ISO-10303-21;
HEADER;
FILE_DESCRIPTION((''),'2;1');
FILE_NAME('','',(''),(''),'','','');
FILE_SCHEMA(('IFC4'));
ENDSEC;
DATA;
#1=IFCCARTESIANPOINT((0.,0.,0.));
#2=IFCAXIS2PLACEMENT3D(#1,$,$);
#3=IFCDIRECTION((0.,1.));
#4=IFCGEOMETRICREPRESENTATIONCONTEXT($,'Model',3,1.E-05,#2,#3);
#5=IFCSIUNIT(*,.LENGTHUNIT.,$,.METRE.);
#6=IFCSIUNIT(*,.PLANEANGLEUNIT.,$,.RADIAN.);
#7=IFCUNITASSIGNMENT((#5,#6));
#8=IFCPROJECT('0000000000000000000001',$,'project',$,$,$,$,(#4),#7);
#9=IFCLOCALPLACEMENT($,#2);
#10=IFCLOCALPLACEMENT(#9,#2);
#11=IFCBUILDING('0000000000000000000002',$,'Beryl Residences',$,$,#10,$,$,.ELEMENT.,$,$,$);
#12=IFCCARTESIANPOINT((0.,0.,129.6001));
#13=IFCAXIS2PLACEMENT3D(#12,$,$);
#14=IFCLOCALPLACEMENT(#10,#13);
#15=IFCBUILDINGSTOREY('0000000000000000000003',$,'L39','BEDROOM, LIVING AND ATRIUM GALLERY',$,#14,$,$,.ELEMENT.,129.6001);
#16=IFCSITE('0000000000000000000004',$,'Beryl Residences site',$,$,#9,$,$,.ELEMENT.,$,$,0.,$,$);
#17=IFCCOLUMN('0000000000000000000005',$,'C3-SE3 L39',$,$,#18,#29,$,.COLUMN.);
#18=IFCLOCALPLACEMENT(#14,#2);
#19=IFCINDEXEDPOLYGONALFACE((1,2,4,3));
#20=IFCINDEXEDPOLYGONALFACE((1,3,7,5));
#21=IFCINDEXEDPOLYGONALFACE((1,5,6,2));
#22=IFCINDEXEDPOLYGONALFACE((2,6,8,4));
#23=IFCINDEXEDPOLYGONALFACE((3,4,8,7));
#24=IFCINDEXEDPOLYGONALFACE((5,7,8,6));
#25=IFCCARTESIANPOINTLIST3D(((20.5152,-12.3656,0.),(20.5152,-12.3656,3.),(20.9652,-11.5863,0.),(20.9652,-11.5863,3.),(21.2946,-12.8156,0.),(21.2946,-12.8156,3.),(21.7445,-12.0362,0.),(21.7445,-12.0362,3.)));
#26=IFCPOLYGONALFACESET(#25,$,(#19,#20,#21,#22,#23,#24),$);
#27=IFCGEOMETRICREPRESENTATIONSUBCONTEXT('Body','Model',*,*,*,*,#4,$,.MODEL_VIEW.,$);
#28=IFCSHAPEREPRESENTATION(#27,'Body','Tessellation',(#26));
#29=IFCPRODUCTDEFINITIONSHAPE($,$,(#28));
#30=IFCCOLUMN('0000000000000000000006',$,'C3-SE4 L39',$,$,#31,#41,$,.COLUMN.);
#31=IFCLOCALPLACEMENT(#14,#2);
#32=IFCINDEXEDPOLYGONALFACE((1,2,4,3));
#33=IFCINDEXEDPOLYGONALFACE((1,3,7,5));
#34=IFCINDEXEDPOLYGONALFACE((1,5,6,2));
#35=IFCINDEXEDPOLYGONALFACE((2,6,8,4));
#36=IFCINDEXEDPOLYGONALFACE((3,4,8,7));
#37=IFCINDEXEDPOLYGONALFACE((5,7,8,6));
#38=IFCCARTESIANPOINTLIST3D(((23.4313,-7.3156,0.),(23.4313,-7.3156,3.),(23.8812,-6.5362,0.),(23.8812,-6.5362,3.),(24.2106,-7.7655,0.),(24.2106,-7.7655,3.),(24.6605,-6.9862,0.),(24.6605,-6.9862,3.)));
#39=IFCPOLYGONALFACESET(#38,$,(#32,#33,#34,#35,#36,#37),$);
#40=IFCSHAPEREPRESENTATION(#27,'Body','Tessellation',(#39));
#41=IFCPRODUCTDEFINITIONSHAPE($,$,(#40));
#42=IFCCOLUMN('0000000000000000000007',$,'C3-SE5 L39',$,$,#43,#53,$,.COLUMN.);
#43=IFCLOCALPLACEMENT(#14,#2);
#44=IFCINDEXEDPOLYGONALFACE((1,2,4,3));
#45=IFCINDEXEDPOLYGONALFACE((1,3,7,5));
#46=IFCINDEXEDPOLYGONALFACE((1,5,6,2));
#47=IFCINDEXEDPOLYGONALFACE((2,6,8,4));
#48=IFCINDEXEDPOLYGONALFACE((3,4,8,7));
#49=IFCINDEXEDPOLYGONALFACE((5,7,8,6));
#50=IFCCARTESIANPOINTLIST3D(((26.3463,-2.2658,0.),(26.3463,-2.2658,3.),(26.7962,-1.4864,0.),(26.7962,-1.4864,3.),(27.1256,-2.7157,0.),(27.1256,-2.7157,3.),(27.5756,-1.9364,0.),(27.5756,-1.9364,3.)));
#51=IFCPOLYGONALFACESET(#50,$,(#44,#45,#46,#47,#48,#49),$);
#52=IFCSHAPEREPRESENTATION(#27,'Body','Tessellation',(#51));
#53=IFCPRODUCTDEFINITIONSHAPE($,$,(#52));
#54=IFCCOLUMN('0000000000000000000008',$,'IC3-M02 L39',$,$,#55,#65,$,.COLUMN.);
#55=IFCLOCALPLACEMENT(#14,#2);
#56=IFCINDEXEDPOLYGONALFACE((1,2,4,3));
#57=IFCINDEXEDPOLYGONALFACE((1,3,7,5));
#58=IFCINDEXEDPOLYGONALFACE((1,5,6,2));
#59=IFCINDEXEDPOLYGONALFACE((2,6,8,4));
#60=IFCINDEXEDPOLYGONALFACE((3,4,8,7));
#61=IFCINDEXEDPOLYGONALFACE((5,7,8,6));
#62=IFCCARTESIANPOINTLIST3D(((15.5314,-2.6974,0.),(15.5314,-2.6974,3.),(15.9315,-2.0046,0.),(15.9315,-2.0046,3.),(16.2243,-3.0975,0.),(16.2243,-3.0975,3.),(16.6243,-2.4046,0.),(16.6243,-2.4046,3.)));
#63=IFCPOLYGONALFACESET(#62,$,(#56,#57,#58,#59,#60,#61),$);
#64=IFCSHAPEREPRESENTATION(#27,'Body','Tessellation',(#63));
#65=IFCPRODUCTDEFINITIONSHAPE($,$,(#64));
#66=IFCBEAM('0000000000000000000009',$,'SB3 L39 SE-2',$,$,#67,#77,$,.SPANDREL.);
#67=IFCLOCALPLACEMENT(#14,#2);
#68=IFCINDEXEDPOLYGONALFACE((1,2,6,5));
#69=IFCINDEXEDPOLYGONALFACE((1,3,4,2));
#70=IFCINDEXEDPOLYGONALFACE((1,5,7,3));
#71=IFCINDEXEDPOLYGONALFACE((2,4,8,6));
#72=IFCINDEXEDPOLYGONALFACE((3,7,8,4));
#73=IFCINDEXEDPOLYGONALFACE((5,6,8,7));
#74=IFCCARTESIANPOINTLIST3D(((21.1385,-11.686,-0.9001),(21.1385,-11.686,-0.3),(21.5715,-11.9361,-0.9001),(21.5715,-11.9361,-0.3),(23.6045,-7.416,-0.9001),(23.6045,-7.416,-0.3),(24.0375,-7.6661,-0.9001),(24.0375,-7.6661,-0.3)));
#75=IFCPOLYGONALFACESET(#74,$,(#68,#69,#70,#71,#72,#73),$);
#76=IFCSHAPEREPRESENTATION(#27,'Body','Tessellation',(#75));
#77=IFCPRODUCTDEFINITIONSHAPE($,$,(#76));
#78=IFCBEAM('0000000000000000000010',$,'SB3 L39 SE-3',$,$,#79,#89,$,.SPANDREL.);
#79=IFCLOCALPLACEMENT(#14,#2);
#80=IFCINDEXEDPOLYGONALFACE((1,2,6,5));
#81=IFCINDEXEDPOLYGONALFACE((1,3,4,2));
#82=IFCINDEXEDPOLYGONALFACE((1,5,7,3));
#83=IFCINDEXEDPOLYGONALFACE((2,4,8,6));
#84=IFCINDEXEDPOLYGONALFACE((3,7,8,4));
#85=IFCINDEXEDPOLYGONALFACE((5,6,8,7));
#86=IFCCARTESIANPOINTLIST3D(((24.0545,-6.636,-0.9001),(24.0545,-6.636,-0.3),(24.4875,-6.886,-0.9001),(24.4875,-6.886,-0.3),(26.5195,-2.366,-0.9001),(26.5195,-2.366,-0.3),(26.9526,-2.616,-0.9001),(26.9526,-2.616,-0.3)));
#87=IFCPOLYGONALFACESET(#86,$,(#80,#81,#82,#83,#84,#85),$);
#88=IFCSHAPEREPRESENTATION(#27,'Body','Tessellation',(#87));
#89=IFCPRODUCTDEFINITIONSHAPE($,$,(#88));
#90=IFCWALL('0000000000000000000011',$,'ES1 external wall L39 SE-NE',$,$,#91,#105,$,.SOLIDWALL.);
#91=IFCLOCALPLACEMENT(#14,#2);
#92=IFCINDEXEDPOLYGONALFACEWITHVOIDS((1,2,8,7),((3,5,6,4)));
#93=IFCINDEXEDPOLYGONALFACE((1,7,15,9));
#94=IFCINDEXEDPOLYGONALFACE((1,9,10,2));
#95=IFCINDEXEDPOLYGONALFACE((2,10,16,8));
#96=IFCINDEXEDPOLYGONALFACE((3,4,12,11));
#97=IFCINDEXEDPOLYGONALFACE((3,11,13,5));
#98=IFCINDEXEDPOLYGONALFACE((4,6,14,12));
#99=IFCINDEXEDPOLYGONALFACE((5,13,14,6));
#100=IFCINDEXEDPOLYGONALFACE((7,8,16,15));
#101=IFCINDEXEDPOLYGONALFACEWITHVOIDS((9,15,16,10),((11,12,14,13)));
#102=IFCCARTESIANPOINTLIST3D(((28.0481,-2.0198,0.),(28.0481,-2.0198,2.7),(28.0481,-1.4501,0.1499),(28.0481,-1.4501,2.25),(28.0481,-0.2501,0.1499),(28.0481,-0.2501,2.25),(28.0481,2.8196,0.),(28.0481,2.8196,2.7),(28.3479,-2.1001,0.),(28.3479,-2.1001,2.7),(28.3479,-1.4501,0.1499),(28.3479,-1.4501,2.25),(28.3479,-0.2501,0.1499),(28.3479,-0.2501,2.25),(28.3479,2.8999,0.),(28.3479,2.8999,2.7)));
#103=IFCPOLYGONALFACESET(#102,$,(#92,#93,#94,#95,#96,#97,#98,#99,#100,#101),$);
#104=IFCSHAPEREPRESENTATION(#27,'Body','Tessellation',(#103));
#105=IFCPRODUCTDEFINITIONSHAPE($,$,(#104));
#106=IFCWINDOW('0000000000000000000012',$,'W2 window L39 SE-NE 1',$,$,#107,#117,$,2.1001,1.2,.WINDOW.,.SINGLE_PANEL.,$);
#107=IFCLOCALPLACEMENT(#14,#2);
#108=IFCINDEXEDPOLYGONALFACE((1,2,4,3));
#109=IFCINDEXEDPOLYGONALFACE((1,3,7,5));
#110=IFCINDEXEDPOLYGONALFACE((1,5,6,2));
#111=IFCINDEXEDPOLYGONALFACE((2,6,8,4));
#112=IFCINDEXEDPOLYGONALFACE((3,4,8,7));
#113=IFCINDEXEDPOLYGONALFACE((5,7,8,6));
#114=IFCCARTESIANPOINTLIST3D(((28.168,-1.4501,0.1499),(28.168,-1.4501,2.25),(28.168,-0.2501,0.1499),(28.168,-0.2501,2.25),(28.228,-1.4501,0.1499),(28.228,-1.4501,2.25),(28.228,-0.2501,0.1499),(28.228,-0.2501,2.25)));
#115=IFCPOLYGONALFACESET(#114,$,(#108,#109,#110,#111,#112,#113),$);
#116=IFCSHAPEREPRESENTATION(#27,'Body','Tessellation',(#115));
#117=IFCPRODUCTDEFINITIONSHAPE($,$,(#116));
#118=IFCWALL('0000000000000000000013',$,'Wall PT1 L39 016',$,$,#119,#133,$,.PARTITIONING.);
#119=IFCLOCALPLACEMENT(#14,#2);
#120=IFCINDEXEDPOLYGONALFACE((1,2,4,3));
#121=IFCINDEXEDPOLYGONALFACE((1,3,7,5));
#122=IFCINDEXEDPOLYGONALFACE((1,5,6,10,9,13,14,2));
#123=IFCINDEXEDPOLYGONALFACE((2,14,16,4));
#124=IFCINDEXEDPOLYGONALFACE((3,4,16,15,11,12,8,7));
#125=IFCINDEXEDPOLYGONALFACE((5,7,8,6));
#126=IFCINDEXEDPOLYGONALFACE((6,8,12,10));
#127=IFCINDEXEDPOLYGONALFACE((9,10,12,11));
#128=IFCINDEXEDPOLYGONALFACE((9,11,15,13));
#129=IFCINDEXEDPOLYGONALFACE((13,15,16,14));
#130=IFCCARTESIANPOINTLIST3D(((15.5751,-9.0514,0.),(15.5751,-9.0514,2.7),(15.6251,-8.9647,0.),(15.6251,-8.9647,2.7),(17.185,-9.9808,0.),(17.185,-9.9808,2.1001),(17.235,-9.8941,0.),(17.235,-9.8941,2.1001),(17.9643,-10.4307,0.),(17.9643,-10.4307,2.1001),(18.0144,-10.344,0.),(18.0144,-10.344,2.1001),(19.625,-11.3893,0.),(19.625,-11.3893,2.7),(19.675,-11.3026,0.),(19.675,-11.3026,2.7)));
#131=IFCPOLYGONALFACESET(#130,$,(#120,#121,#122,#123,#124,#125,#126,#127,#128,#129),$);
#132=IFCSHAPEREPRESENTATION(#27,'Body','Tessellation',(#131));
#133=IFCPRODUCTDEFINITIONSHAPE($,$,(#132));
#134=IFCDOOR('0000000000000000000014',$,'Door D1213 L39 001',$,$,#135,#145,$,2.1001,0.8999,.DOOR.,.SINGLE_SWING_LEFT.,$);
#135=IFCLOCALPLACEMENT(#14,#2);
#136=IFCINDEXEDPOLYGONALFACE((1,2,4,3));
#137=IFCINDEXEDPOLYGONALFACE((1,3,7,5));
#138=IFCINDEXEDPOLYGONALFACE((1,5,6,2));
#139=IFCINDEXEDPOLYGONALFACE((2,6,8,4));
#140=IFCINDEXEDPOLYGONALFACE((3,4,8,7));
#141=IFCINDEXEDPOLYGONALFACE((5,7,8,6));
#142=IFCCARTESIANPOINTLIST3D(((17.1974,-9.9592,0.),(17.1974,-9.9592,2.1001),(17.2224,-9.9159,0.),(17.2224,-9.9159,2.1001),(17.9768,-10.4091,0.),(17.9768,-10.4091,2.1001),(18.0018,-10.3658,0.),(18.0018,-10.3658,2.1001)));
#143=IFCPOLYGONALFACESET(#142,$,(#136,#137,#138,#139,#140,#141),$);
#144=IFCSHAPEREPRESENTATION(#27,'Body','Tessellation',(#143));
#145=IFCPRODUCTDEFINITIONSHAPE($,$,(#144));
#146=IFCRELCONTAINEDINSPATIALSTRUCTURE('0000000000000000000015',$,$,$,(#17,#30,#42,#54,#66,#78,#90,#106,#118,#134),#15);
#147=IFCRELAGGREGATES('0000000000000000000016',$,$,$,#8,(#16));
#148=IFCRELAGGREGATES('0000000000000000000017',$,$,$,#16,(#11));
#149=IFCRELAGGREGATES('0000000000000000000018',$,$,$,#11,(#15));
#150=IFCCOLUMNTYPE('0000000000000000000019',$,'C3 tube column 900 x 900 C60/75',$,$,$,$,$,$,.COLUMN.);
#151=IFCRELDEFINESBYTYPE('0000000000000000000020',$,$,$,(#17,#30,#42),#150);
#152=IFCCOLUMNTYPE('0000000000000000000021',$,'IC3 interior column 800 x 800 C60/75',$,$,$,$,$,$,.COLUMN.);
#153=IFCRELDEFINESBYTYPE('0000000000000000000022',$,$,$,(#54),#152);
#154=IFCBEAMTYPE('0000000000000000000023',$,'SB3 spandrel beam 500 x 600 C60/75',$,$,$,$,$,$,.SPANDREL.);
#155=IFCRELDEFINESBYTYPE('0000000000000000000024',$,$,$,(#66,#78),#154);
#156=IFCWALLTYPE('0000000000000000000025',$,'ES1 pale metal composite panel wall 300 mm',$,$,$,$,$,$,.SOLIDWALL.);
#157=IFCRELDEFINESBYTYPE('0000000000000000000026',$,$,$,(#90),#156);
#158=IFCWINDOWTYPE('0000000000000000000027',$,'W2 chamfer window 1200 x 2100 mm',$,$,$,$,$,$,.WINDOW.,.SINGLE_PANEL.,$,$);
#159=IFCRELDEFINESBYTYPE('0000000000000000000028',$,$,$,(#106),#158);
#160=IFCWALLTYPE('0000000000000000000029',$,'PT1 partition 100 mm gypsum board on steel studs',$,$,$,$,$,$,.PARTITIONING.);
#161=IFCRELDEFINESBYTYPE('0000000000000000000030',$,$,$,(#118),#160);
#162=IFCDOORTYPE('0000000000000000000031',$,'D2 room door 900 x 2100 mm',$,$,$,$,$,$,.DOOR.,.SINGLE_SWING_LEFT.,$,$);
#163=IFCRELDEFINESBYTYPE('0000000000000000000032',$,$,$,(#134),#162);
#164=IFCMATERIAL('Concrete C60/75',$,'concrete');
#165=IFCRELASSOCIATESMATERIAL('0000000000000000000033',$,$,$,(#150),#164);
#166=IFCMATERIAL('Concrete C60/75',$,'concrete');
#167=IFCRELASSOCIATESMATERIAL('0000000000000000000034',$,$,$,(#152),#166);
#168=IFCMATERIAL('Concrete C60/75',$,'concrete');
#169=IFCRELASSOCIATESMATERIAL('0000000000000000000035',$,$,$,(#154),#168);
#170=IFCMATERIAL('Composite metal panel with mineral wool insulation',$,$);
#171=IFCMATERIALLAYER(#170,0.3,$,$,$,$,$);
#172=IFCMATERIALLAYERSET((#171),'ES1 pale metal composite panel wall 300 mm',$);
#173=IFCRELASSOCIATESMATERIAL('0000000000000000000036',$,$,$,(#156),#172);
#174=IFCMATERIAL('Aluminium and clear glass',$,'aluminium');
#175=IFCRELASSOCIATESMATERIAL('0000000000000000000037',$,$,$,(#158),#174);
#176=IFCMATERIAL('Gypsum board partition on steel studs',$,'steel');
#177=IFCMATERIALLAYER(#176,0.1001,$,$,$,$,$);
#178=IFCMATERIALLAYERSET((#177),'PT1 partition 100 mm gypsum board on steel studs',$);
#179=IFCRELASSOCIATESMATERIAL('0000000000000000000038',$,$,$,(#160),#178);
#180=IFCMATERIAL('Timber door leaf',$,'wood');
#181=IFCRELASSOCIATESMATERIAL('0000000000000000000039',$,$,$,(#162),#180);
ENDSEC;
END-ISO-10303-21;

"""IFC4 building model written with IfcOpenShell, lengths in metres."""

from ifc_helpers import new_model, si_unit, direction, frame, frame_2d, origin, origin_2d, place, context, subcontext, project, spatial, polyline, rectangle, outline, extrude, material, layer, layer_set, material_profile, profile_set, type_object, element, fill, save


model = new_model("IFC4")

# Units and contexts
model_context = context("Model", 3, precision=1e-05, world=origin(), true_north=direction((0.0, 1.0)))
body_context = subcontext(model_context, "Body", "Model", "MODEL_VIEW")
ifc_project = project(units=[si_unit("LENGTHUNIT", "METRE"), si_unit("PLANEANGLEUNIT", "RADIAN")], contexts=[model_context])

# Site, building, storey
site_placement = place(None, origin())
site = spatial("IfcSite", under=ifc_project, at=site_placement, Name="Beryl Residences site", CompositionType="ELEMENT", RefElevation=0.0)
building_placement = place(site_placement, origin())
building = spatial("IfcBuilding", under=site, at=building_placement, Name="Beryl Residences", CompositionType="ELEMENT")
storey_placement = place(building_placement, frame((0.0, 0.0, 129.6001)))
storey = spatial("IfcBuildingStorey", under=building, at=storey_placement, Name="L39", Description="BEDROOM, LIVING AND ATRIUM GALLERY", CompositionType="ELEMENT", Elevation=129.6001)

# Columns
ifc_material_1 = material(Name="Concrete C60/75", Category="concrete")
ifc_material_profile_1 = material_profile(ifc_material_1, rectangle(XDim=0.8999, YDim=0.8999, at=origin_2d()))
ifc_profile_set_1 = profile_set([ifc_material_profile_1], Name="Concrete C60/75")
column_type_1 = type_object("IfcColumnType", Name="C3 tube column 900 x 900 C60/75", PredefinedType="COLUMN", material=ifc_profile_set_1)
for number, where, z_axis, x_axis, name in (
    (1, (21.1299, -12.2009, 0.0), (0.0, 0.0, 1.0), (0.5, 0.866025, 0.0), "C3-SE3 L39"),
    (2, (24.0459, -7.1509, 0.0), (0.0, 0.0, 1.0), (0.5, 0.866025, 0.0), "C3-SE4 L39"),
    (3, (26.9609, -2.1011, 0.0), (0.0, 0.0, 1.0), (0.5, 0.866025, 0.0), "C3-SE5 L39"),
):
    element("IfcColumn", number, at=place(storey_placement, frame(where, z_axis=z_axis, x_axis=x_axis)), inside=storey, type_object=column_type_1, Name=name, PredefinedType="COLUMN", context=body_context, shape_type="SweptSolid", body=[
        extrude(rectangle(XDim=0.8999, YDim=0.8999, at=origin_2d()), origin(), (0.0, 0.0, 1.0), 3.0),
    ])
ifc_material_2 = material(Name="Concrete C60/75", Category="concrete")
ifc_material_profile_2 = material_profile(ifc_material_2, rectangle(XDim=0.8, YDim=0.8, at=origin_2d()))
ifc_profile_set_2 = profile_set([ifc_material_profile_2], Name="Concrete C60/75")
column_type_2 = type_object("IfcColumnType", Name="IC3 interior column 800 x 800 C60/75", PredefinedType="COLUMN", material=ifc_profile_set_2)
column_placement = place(storey_placement, frame((16.0779, -2.551, 0.0), z_axis=(0.0, 0.0, 1.0), x_axis=(0.5, 0.866025, 0.0)))
element("IfcColumn", 4, at=column_placement, inside=storey, type_object=column_type_2, Name="IC3-M02 L39", PredefinedType="COLUMN", context=body_context, shape_type="SweptSolid", body=[
    extrude(rectangle(XDim=0.8, YDim=0.8, at=origin_2d()), origin(), (0.0, 0.0, 1.0), 3.0),
])

# Beams
ifc_material_3 = material(Name="Concrete C60/75", Category="concrete")
ifc_material_profile_3 = material_profile(ifc_material_3, rectangle(XDim=0.5, YDim=0.6001, at=origin_2d()))
ifc_profile_set_3 = profile_set([ifc_material_profile_3], Name="Concrete C60/75")
beam_type = type_object("IfcBeamType", Name="SB3 spandrel beam 500 x 600 C60/75", PredefinedType="SPANDREL", material=ifc_profile_set_3)
beam_1_placement = place(storey_placement, frame((21.355, -11.811, -0.6001), z_axis=(0.500117, 0.865958, 0.0), x_axis=(-0.865958, 0.500117, 0.0)))
element("IfcBeam", 5, at=beam_1_placement, inside=storey, type_object=beam_type, Name="SB3 L39 SE-2", PredefinedType="SPANDREL", context=body_context, shape_type="SweptSolid", body=[
    extrude(rectangle(XDim=0.5, YDim=0.6001, at=origin_2d()), origin(), (0.0, 0.0, 1.0), 4.9309),
])
beam_2_placement = place(storey_placement, frame((24.271, -6.761, -0.6001), z_axis=(0.499968, 0.866044, 0.0), x_axis=(-0.866044, 0.499968, 0.0)))
element("IfcBeam", 6, at=beam_2_placement, inside=storey, type_object=beam_type, Name="SB3 L39 SE-3", PredefinedType="SPANDREL", context=body_context, shape_type="SweptSolid", body=[
    extrude(rectangle(XDim=0.5, YDim=0.6001, at=origin_2d()), origin(), (0.0, 0.0, 1.0), 4.9304),
])

# Wall, opening, window
ifc_material_4 = material(Name="Composite metal panel with mineral wool insulation")
ifc_layer_1 = layer(ifc_material_4, 0.3)
ifc_layer_set_1 = layer_set([ifc_layer_1], Name="ES1 pale metal composite panel wall 300 mm")
wall_type_1 = type_object("IfcWallType", Name="ES1 pale metal composite panel wall 300 mm", PredefinedType="SOLIDWALL", material=ifc_layer_set_1)
wall_1_placement = place(storey_placement, frame((28.198, -2.1001, 0.0), z_axis=(0.0, 0.0, 1.0), x_axis=(0.0, 1.0, 0.0)))
wall_1 = element("IfcWall", 7, at=wall_1_placement, inside=storey, type_object=wall_type_1, Name="ES1 external wall L39 SE-NE", PredefinedType="SOLIDWALL", context=body_context, shape_type="SweptSolid", body=[
    extrude(outline(polyline([(0.0, -0.1499), (5.0, -0.1499), (4.9197, 0.1499), (0.0803, 0.1499), (0.0, -0.1499)])), origin(), (0.0, 0.0, 1.0), 2.7),
])
opening_1_placement = place(wall_1_placement, frame((0.6499, 0.0, 0.1499)))
opening_1 = element("IfcOpeningElement", 8, at=opening_1_placement, cuts=wall_1, PredefinedType="OPENING", context=body_context, shape_type="SweptSolid", body=[
    extrude(rectangle(XDim=1.2, YDim=2.1001, at=frame_2d((0.6001, 1.05))), frame((0.0, 0.1599, 0.0), z_axis=(0.0, -1.0, 0.0), x_axis=(1.0, 0.0, 0.0)), (0.0, 0.0, 1.0), 0.3201),
])
ifc_material_5 = material(Name="Aluminium and clear glass", Category="aluminium")
window_type = type_object("IfcWindowType", Name="W2 chamfer window 1200 x 2100 mm", PartitioningType="SINGLE_PANEL", PredefinedType="WINDOW", material=ifc_material_5)
window_placement = place(opening_1_placement, origin())
window = element("IfcWindow", 9, at=window_placement, inside=storey, type_object=window_type, Name="W2 window L39 SE-NE 1", OverallHeight=2.1001, OverallWidth=1.2, PartitioningType="SINGLE_PANEL", PredefinedType="WINDOW", context=body_context, shape_type="SweptSolid", body=[
    extrude(rectangle(XDim=1.2, YDim=2.1001, at=frame_2d((0.6001, 1.05))), frame((0.0, 0.03, 0.0), z_axis=(0.0, -1.0, 0.0), x_axis=(1.0, 0.0, 0.0)), (0.0, 0.0, 1.0), 0.0601),
])
fill(opening_1, window)

# Wall, opening, door
ifc_material_6 = material(Name="Gypsum board partition on steel studs", Category="steel")
ifc_layer_2 = layer(ifc_material_6, 0.1001)
ifc_layer_set_2 = layer_set([ifc_layer_2], Name="PT1 partition 100 mm gypsum board on steel studs")
wall_type_2 = type_object("IfcWallType", Name="PT1 partition 100 mm gypsum board on steel studs", PredefinedType="PARTITIONING", material=ifc_layer_set_2)
wall_2_placement = place(storey_placement, frame((15.6001, -9.0081, 0.0), z_axis=(0.0, 0.0, 1.0), x_axis=(0.86605, -0.499957, 0.0)))
wall_2 = element("IfcWall", 10, at=wall_2_placement, inside=storey, type_object=wall_type_2, Name="Wall PT1 L39 016", PredefinedType="PARTITIONING", context=body_context, shape_type="SweptSolid", body=[
    extrude(rectangle(XDim=4.6763, YDim=0.1001, at=frame_2d((2.3381, 0.0))), origin(), (0.0, 0.0, 1.0), 2.7),
])
opening_2_placement = place(wall_2_placement, frame((1.8589, 0.0, 0.0)))
opening_2 = element("IfcOpeningElement", 11, at=opening_2_placement, cuts=wall_2, PredefinedType="OPENING", context=body_context, shape_type="SweptSolid", body=[
    extrude(rectangle(XDim=0.8999, YDim=2.1001, at=frame_2d((0.45, 1.05))), frame((0.0, 0.0601, 0.0), z_axis=(0.0, -1.0, 0.0), x_axis=(1.0, 0.0, 0.0)), (0.0, 0.0, 1.0), 0.1201),
])
ifc_material_7 = material(Name="Timber door leaf", Category="wood")
door_type_1 = type_object("IfcDoorType", Name="D2 room door 900 x 2100 mm", OperationType="SINGLE_SWING_LEFT", PredefinedType="DOOR", material=ifc_material_7)
door_1_placement = place(opening_2_placement, origin())
door_1 = element("IfcDoor", 12, at=door_1_placement, inside=storey, type_object=door_type_1, Name="Door D1213 L39 001", OperationType="SINGLE_SWING_LEFT", OverallHeight=2.1001, OverallWidth=0.8999, PredefinedType="DOOR", context=body_context, shape_type="SweptSolid", body=[
    extrude(rectangle(XDim=0.8999, YDim=2.1001, at=frame_2d((0.45, 1.05))), frame((0.0, 0.0249, 0.0), z_axis=(0.0, -1.0, 0.0), x_axis=(1.0, 0.0, 0.0)), (0.0, 0.0, 1.0), 0.05),
])
fill(opening_2, door_1)

save(model, "model.ifc")
